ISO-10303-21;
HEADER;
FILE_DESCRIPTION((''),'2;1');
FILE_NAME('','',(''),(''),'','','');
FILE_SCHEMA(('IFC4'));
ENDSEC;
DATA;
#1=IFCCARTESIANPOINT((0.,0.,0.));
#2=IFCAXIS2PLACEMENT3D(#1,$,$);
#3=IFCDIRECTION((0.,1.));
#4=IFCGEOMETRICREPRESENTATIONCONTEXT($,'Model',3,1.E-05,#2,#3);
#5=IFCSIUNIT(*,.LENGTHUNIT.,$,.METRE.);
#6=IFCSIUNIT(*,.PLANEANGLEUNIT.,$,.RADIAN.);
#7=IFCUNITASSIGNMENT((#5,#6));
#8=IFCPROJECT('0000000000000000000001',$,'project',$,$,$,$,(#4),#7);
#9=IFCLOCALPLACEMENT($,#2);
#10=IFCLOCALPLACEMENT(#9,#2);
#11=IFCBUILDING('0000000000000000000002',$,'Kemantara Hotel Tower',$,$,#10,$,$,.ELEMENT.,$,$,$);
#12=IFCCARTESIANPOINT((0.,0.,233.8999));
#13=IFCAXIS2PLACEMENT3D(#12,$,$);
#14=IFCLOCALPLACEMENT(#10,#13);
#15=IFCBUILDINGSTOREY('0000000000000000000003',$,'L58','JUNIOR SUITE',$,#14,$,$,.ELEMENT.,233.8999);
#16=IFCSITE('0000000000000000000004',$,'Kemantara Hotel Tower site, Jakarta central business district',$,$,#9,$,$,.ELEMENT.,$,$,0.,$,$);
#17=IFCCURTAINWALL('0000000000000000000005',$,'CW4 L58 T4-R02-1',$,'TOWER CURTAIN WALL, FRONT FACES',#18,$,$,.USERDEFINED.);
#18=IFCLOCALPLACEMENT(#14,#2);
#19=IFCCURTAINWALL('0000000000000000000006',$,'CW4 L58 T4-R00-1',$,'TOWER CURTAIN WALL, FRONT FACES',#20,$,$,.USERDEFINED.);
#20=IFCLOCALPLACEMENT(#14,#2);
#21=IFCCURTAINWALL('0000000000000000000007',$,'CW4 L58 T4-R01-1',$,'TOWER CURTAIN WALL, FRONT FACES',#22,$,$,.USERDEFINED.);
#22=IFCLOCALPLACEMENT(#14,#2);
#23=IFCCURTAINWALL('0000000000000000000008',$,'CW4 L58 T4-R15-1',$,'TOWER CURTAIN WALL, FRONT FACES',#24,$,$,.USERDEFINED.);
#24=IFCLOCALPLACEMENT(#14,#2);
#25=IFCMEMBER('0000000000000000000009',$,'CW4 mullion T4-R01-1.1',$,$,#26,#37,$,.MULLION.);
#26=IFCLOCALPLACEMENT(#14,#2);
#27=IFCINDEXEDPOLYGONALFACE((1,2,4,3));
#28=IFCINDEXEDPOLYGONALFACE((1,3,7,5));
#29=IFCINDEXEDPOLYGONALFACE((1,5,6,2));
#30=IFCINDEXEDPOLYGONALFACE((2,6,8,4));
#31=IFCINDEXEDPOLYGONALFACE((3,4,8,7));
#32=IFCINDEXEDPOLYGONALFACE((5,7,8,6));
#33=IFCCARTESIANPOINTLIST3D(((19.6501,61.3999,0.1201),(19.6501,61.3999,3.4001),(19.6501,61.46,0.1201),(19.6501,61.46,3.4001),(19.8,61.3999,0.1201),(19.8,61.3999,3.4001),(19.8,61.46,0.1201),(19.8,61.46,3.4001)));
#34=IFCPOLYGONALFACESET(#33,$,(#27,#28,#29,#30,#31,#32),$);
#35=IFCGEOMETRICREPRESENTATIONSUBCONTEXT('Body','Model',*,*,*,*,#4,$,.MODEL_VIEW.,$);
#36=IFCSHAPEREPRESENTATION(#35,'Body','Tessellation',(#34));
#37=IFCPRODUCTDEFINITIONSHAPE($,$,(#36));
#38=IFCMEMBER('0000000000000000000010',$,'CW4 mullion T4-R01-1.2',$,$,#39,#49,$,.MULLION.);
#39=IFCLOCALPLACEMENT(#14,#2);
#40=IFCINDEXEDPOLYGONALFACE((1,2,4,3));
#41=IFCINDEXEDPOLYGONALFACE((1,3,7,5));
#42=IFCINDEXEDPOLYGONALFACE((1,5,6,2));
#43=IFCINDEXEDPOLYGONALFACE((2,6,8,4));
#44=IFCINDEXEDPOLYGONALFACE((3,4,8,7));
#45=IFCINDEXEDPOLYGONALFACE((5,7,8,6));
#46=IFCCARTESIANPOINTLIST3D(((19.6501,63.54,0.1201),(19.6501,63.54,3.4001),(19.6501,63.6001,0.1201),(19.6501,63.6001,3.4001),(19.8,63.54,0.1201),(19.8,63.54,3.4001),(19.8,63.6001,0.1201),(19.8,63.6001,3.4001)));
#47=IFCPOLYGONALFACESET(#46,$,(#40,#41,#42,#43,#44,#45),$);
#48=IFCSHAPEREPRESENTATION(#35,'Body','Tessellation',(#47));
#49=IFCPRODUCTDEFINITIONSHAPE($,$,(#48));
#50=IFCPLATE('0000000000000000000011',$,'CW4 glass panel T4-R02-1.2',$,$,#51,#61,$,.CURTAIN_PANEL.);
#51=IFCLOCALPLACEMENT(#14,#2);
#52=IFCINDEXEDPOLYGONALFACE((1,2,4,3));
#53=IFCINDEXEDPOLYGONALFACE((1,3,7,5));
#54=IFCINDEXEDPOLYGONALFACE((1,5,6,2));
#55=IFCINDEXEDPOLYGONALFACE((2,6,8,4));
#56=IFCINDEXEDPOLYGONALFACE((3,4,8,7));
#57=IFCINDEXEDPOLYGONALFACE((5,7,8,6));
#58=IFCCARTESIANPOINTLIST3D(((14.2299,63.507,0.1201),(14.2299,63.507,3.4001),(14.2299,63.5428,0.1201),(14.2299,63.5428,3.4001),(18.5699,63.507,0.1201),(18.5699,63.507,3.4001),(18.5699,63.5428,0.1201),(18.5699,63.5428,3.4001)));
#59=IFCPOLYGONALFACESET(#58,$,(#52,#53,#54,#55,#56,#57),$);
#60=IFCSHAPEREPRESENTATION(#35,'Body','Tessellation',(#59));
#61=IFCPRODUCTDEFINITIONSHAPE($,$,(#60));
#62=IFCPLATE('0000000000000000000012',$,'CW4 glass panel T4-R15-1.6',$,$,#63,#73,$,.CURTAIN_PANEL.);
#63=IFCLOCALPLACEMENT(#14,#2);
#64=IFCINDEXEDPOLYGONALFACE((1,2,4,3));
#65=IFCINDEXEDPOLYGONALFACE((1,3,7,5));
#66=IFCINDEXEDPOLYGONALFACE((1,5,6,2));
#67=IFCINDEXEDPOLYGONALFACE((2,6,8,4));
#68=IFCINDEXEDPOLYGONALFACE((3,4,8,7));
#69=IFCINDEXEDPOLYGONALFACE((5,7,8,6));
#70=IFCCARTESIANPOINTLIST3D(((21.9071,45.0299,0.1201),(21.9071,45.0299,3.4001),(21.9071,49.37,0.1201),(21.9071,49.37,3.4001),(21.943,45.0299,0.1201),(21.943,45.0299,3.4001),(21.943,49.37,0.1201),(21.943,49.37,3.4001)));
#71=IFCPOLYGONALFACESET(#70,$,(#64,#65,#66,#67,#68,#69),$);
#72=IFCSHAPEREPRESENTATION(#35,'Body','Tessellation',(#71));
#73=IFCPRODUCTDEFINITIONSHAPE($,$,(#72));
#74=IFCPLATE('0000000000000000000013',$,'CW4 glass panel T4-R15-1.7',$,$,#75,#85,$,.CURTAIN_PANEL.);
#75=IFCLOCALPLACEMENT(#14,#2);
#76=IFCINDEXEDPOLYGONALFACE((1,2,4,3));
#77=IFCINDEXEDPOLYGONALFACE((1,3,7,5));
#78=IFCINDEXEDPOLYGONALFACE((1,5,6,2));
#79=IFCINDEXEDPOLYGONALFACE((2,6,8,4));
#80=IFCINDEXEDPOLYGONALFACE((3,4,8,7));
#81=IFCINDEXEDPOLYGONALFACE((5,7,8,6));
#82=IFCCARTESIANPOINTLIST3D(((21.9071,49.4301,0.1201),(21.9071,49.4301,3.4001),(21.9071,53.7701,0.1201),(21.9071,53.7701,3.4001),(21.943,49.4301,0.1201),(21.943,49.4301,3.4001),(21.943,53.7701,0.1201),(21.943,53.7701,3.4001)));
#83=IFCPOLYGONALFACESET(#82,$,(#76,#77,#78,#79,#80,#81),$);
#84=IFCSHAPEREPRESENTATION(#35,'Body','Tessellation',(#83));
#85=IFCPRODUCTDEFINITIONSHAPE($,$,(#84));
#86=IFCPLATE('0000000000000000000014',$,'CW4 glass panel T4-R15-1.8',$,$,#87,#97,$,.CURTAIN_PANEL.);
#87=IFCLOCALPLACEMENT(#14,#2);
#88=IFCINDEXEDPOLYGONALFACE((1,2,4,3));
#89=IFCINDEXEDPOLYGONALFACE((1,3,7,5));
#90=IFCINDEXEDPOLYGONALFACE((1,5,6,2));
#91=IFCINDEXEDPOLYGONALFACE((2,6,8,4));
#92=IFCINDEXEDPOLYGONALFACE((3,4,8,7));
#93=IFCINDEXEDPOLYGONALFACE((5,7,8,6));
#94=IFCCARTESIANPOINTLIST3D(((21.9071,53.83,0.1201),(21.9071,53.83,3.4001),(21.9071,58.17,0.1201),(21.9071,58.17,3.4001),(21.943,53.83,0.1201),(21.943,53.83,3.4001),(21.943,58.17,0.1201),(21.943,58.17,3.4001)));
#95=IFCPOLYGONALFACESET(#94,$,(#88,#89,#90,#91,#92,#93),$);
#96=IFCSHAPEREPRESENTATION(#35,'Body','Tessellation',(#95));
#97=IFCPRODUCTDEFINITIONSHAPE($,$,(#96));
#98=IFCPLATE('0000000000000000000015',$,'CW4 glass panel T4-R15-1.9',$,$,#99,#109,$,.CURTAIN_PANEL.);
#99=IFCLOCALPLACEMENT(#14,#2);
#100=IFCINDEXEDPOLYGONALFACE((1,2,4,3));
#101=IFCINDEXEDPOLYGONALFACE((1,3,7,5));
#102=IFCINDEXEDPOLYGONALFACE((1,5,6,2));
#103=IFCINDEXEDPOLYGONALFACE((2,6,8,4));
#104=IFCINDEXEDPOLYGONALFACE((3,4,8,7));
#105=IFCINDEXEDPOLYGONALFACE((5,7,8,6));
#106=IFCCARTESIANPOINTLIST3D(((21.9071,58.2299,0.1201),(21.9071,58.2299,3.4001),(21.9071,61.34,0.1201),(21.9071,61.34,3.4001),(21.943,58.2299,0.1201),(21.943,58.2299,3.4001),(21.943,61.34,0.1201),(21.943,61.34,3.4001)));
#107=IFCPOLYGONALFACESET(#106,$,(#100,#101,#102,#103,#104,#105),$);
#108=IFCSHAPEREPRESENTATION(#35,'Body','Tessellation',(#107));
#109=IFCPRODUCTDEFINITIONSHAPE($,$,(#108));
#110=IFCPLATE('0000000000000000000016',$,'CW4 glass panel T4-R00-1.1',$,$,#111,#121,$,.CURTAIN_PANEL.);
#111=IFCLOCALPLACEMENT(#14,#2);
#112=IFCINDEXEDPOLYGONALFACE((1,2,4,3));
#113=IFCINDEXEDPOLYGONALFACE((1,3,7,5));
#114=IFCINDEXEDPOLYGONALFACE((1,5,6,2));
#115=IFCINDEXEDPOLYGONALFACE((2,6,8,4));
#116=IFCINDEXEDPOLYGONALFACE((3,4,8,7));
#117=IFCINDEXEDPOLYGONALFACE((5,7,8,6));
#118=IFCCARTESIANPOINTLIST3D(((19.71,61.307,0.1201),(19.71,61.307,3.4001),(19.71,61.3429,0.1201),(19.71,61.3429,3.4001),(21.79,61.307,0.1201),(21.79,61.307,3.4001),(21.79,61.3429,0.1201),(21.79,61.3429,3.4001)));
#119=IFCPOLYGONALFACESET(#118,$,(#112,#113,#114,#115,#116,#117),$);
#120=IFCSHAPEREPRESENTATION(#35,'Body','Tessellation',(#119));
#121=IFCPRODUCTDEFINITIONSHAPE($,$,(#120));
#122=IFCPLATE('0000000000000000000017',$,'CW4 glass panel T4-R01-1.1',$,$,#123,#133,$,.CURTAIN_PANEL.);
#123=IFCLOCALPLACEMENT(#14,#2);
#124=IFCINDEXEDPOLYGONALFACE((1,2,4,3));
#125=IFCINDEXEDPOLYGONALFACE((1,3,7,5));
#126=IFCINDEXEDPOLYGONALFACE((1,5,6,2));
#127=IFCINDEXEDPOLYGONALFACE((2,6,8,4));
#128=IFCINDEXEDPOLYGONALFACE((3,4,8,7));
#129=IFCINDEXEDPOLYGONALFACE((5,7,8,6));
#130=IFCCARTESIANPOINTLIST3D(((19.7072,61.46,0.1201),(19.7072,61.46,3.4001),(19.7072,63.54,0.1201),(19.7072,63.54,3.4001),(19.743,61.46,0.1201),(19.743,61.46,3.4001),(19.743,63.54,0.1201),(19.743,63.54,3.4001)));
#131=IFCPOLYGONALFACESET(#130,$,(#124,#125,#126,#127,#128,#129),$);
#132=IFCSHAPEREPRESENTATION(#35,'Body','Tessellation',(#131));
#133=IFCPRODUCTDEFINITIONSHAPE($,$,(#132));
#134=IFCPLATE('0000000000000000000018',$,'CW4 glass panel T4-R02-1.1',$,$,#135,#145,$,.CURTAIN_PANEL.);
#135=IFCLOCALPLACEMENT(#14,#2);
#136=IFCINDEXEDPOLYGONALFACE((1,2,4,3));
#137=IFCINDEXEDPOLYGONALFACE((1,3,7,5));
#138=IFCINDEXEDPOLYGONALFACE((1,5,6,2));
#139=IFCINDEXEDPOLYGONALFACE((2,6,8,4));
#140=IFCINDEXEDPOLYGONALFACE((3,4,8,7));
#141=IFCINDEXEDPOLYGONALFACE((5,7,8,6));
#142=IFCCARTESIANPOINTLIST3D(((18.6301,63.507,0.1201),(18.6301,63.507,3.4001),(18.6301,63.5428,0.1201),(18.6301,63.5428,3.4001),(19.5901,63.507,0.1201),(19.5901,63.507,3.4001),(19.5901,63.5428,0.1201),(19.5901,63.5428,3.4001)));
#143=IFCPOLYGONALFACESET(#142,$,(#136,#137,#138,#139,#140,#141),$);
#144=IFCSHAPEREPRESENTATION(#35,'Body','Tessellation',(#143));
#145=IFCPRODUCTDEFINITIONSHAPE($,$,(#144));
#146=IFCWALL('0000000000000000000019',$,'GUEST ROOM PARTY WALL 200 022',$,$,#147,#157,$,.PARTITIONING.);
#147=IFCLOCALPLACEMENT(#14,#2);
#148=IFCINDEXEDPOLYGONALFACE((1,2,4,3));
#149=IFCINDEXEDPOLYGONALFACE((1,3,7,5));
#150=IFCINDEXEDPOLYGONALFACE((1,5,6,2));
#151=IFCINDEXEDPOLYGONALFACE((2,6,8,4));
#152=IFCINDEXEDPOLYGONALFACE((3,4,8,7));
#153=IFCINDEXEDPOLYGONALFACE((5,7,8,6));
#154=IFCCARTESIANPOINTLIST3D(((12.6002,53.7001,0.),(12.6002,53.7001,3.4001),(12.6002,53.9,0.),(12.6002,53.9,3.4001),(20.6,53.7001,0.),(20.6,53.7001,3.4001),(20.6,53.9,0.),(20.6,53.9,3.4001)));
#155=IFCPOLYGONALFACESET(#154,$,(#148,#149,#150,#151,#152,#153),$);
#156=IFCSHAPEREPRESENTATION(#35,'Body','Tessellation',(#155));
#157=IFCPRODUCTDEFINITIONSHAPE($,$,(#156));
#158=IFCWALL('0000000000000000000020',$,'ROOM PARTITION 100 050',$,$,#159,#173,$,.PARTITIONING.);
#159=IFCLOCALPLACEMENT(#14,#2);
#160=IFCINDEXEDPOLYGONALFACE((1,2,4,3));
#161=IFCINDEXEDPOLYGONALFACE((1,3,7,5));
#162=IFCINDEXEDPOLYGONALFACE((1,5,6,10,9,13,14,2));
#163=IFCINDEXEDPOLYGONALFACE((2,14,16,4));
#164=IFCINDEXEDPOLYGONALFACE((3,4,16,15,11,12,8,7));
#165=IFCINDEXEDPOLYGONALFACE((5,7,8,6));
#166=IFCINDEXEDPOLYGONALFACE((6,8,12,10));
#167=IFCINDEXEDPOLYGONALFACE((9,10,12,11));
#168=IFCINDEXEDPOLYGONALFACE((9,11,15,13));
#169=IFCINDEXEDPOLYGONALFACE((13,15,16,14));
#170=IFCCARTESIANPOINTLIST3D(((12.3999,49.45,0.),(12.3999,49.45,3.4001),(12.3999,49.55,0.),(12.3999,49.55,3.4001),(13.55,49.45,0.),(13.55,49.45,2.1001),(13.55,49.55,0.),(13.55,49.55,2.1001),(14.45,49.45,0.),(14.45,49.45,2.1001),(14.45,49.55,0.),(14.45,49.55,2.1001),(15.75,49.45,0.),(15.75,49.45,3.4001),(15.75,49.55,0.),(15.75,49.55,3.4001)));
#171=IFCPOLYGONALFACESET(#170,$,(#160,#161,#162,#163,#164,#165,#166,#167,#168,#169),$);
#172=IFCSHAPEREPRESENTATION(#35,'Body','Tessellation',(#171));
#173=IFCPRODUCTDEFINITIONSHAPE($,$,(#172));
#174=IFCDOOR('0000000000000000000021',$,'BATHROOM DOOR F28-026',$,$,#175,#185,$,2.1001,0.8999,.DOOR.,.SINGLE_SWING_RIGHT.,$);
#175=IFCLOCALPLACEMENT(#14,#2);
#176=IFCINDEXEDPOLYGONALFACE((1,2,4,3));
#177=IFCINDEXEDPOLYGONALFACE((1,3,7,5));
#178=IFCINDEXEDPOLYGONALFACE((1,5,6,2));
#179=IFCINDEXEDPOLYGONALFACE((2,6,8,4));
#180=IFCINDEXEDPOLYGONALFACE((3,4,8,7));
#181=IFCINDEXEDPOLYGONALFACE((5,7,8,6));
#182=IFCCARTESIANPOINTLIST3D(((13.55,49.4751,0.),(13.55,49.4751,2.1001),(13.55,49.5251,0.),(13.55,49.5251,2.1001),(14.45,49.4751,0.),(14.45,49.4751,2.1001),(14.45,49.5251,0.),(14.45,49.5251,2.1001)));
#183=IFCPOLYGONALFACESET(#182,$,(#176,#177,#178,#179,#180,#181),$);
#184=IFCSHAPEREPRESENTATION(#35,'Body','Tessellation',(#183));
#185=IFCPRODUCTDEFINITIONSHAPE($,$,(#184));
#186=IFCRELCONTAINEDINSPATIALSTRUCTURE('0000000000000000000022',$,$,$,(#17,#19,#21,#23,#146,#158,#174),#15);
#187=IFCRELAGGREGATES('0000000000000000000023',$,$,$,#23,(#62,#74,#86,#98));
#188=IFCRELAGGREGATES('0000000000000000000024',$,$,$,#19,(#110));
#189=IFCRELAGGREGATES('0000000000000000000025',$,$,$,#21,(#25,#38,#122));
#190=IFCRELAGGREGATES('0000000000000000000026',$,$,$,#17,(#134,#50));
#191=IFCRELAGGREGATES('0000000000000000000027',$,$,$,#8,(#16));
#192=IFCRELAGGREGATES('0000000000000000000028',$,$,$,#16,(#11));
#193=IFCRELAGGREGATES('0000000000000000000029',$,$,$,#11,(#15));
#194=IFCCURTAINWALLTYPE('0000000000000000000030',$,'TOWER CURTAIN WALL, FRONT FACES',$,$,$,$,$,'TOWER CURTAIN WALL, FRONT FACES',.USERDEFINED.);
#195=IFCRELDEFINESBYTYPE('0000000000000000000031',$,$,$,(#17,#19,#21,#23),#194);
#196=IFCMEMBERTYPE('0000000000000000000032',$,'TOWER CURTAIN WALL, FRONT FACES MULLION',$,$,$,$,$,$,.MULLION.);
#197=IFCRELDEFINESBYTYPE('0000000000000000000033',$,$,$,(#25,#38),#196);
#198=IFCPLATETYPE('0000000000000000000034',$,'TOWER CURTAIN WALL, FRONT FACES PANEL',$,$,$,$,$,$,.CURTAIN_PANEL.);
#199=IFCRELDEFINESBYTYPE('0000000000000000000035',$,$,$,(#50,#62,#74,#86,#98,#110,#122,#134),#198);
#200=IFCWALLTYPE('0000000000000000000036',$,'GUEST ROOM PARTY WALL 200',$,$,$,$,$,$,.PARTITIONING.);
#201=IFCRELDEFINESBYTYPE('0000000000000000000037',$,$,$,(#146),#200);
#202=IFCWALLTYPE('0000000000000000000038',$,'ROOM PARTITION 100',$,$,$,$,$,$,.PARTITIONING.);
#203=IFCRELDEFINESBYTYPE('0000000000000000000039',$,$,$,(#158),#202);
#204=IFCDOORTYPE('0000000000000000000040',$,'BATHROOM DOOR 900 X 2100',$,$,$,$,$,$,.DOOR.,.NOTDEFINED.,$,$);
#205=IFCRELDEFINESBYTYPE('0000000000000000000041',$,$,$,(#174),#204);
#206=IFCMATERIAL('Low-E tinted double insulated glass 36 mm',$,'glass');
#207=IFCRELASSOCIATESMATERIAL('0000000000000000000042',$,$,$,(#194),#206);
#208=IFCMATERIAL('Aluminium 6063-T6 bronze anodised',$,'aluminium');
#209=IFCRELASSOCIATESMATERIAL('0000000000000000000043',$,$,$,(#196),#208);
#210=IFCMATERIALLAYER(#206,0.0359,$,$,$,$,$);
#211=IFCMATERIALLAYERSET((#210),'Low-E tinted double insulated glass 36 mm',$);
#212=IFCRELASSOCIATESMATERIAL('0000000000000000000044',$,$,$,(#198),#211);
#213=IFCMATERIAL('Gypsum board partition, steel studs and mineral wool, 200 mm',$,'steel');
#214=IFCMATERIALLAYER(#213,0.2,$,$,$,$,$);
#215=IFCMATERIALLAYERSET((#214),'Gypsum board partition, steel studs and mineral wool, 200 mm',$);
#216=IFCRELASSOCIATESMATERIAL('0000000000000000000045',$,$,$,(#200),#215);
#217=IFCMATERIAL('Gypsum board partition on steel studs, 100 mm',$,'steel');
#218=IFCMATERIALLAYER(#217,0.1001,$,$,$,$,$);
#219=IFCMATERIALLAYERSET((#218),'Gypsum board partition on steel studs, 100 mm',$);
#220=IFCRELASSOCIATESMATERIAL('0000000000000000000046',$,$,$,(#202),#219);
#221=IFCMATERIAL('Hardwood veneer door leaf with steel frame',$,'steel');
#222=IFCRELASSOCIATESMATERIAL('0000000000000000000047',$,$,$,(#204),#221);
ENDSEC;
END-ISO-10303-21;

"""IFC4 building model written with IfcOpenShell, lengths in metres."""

from ifc_helpers import new_model, si_unit, direction, frame, frame_2d, origin, origin_2d, place, context, subcontext, project, spatial, rectangle, extrude, source, transform, mapped, material, layer, layer_set, material_profile, profile_set, type_object, element, fill, aggregate, save


model = new_model("IFC4")

# Units and contexts
model_context = context("Model", 3, precision=1e-05, world=origin(), true_north=direction((0.0, 1.0)))
body_context = subcontext(model_context, "Body", "Model", "MODEL_VIEW")
ifc_project = project(units=[si_unit("LENGTHUNIT", "METRE"), si_unit("PLANEANGLEUNIT", "RADIAN")], contexts=[model_context])

# Site, building, storey
site_placement = place(None, origin())
site = spatial("IfcSite", under=ifc_project, at=site_placement, Name="Kemantara Hotel Tower site, Jakarta central business district", CompositionType="ELEMENT", RefElevation=0.0)
building_placement = place(site_placement, origin())
building = spatial("IfcBuilding", under=site, at=building_placement, Name="Kemantara Hotel Tower", CompositionType="ELEMENT")
storey_placement = place(building_placement, frame((0.0, 0.0, 233.8999)))
storey = spatial("IfcBuildingStorey", under=building, at=storey_placement, Name="L58", Description="JUNIOR SUITE", CompositionType="ELEMENT", Elevation=233.8999)

# Curtain walls
ifc_material_1 = material(Name="Low-E tinted double insulated glass 36 mm", Category="glass")
curtain_wall_type = type_object("IfcCurtainWallType", Name="TOWER CURTAIN WALL, FRONT FACES", ElementType="TOWER CURTAIN WALL, FRONT FACES", PredefinedType="USERDEFINED", material=ifc_material_1)
curtain_wall_1_placement = place(storey_placement, origin())
curtain_wall_1 = element("IfcCurtainWall", 1, at=curtain_wall_1_placement, inside=storey, type_object=curtain_wall_type, Name="CW4 L58 T4-R02-1", ObjectType="TOWER CURTAIN WALL, FRONT FACES", PredefinedType="USERDEFINED")
ifc_material_2 = material(Name="Aluminium 6063-T6 bronze anodised", Category="aluminium")
curtain_wall_2_placement = place(storey_placement, origin())
curtain_wall_2 = element("IfcCurtainWall", 2, at=curtain_wall_2_placement, inside=storey, type_object=curtain_wall_type, Name="CW4 L58 T4-R00-1", ObjectType="TOWER CURTAIN WALL, FRONT FACES", PredefinedType="USERDEFINED")
curtain_wall_3_placement = place(storey_placement, origin())
curtain_wall_3 = element("IfcCurtainWall", 3, at=curtain_wall_3_placement, inside=storey, type_object=curtain_wall_type, Name="CW4 L58 T4-R01-1", ObjectType="TOWER CURTAIN WALL, FRONT FACES", PredefinedType="USERDEFINED")

# Shared definitions
ifc_material_profile_1 = material_profile(ifc_material_2, rectangle(XDim=0.1499, YDim=0.0601, at=origin_2d()), Name="TOWER CURTAIN WALL, FRONT FACES MULLION")
ifc_profile_set_1 = profile_set([ifc_material_profile_1], Name="Aluminium 6063-T6 bronze anodised")
member_type_1 = type_object("IfcMemberType", Name="TOWER CURTAIN WALL, FRONT FACES MULLION", PredefinedType="MULLION", material=ifc_profile_set_1)
shared_shape_1 = source(origin(), body_context, "Body", "SweptSolid", [
    extrude(rectangle(XDim=0.1499, YDim=0.0601, at=origin_2d()), origin(), (0.0, 0.0, 1.0), 3.28),
])

# Curtain wall
curtain_wall_4_placement = place(storey_placement, origin())
curtain_wall_4 = element("IfcCurtainWall", 4, at=curtain_wall_4_placement, inside=storey, type_object=curtain_wall_type, Name="CW4 L58 T4-R15-1", ObjectType="TOWER CURTAIN WALL, FRONT FACES", PredefinedType="USERDEFINED")

# Members
member_1_placement = place(storey_placement, frame((19.7251, 61.4299, 0.1201), z_axis=(0.0, 0.0, 1.0), x_axis=(-1.0, 0.0, 0.0)))
member_1 = element("IfcMember", 5, at=member_1_placement, type_object=member_type_1, Name="CW4 mullion T4-R01-1.1", PredefinedType="MULLION", context=body_context, shape_type="MappedRepresentation", body=[
    mapped(shared_shape_1, transform((0.0, 0.0, 0.0))),
])
member_2_placement = place(storey_placement, frame((19.7251, 63.5701, 0.1201), z_axis=(0.0, 0.0, 1.0), x_axis=(-1.0, 0.0, 0.0)))
member_2 = element("IfcMember", 6, at=member_2_placement, type_object=member_type_1, Name="CW4 mullion T4-R01-1.2", PredefinedType="MULLION", context=body_context, shape_type="MappedRepresentation", body=[
    mapped(shared_shape_1, transform((0.0, 0.0, 0.0))),
])

# Plates
ifc_layer_1 = layer(ifc_material_1, 0.0359)
ifc_layer_set_1 = layer_set([ifc_layer_1], Name="Low-E tinted double insulated glass 36 mm")
plate_type = type_object("IfcPlateType", Name="TOWER CURTAIN WALL, FRONT FACES PANEL", PredefinedType="CURTAIN_PANEL", material=ifc_layer_set_1)
shared_shape_2 = source(origin(), body_context, "Body", "SweptSolid", [
    extrude(rectangle(XDim=4.3401, YDim=0.0359, at=origin_2d()), origin(), (0.0, 0.0, 1.0), 3.28),
])
plate_1_placement = place(storey_placement, frame((16.3999, 63.5249, 0.1201), z_axis=(0.0, 0.0, 1.0), x_axis=(-1.0, 0.0, 0.0)))
plate_1 = element("IfcPlate", 7, at=plate_1_placement, type_object=plate_type, Name="CW4 glass panel T4-R02-1.2", PredefinedType="CURTAIN_PANEL", context=body_context, shape_type="MappedRepresentation", body=[
    mapped(shared_shape_2, transform((0.0, 0.0, 0.0))),
])
plate_2_placement = place(storey_placement, frame((21.925, 47.2, 0.1201), z_axis=(0.0, 0.0, 1.0), x_axis=(0.0, 1.0, 0.0)))
plate_2 = element("IfcPlate", 8, at=plate_2_placement, type_object=plate_type, Name="CW4 glass panel T4-R15-1.6", PredefinedType="CURTAIN_PANEL", context=body_context, shape_type="MappedRepresentation", body=[
    mapped(shared_shape_2, transform((0.0, 0.0, 0.0))),
])
plate_3_placement = place(storey_placement, frame((21.925, 51.6001, 0.1201), z_axis=(0.0, 0.0, 1.0), x_axis=(0.0, 1.0, 0.0)))
plate_3 = element("IfcPlate", 9, at=plate_3_placement, type_object=plate_type, Name="CW4 glass panel T4-R15-1.7", PredefinedType="CURTAIN_PANEL", context=body_context, shape_type="MappedRepresentation", body=[
    mapped(shared_shape_2, transform((0.0, 0.0, 0.0))),
])
plate_4_placement = place(storey_placement, frame((21.925, 56.0, 0.1201), z_axis=(0.0, 0.0, 1.0), x_axis=(0.0, 1.0, 0.0)))
plate_4 = element("IfcPlate", 10, at=plate_4_placement, type_object=plate_type, Name="CW4 glass panel T4-R15-1.8", PredefinedType="CURTAIN_PANEL", context=body_context, shape_type="MappedRepresentation", body=[
    mapped(shared_shape_2, transform((0.0, 0.0, 0.0))),
])
shared_shape_3 = source(origin(), body_context, "Body", "SweptSolid", [
    extrude(rectangle(XDim=3.1101, YDim=0.0359, at=origin_2d()), origin(), (0.0, 0.0, 1.0), 3.28),
])
plate_5_placement = place(storey_placement, frame((21.925, 59.7849, 0.1201), z_axis=(0.0, 0.0, 1.0), x_axis=(0.0, 1.0, 0.0)))
plate_5 = element("IfcPlate", 11, at=plate_5_placement, type_object=plate_type, Name="CW4 glass panel T4-R15-1.9", PredefinedType="CURTAIN_PANEL", context=body_context, shape_type="MappedRepresentation", body=[
    mapped(shared_shape_3, transform((0.0, 0.0, 0.0))),
])
aggregate(curtain_wall_4, [plate_2, plate_3, plate_4, plate_5])
shared_shape_4 = source(origin(), body_context, "Body", "SweptSolid", [
    extrude(rectangle(XDim=2.0801, YDim=0.0359, at=origin_2d()), origin(), (0.0, 0.0, 1.0), 3.28),
])
plate_6_placement = place(storey_placement, frame((20.75, 61.325, 0.1201), z_axis=(0.0, 0.0, 1.0), x_axis=(-1.0, 0.0, 0.0)))
plate_6 = element("IfcPlate", 12, at=plate_6_placement, type_object=plate_type, Name="CW4 glass panel T4-R00-1.1", PredefinedType="CURTAIN_PANEL", context=body_context, shape_type="MappedRepresentation", body=[
    mapped(shared_shape_4, transform((0.0, 0.0, 0.0))),
])
aggregate(curtain_wall_2, [plate_6])
plate_7_placement = place(storey_placement, frame((19.7251, 62.5, 0.1201), z_axis=(0.0, 0.0, 1.0), x_axis=(0.0, 1.0, 0.0)))
plate_7 = element("IfcPlate", 13, at=plate_7_placement, type_object=plate_type, Name="CW4 glass panel T4-R01-1.1", PredefinedType="CURTAIN_PANEL", context=body_context, shape_type="MappedRepresentation", body=[
    mapped(shared_shape_4, transform((0.0, 0.0, 0.0))),
])
aggregate(curtain_wall_3, [member_1, member_2, plate_7])
shared_shape_5 = source(origin(), body_context, "Body", "SweptSolid", [
    extrude(rectangle(XDim=0.96, YDim=0.0359, at=origin_2d()), origin(), (0.0, 0.0, 1.0), 3.28),
])
plate_8_placement = place(storey_placement, frame((19.1101, 63.5249, 0.1201), z_axis=(0.0, 0.0, 1.0), x_axis=(-1.0, 0.0, 0.0)))
plate_8 = element("IfcPlate", 14, at=plate_8_placement, type_object=plate_type, Name="CW4 glass panel T4-R02-1.1", PredefinedType="CURTAIN_PANEL", context=body_context, shape_type="MappedRepresentation", body=[
    mapped(shared_shape_5, transform((0.0, 0.0, 0.0))),
])
aggregate(curtain_wall_1, [plate_8, plate_1])

# Wall
ifc_material_3 = material(Name="Gypsum board partition, steel studs and mineral wool, 200 mm", Category="steel")
ifc_layer_2 = layer(ifc_material_3, 0.2)
ifc_layer_set_2 = layer_set([ifc_layer_2], Name="Gypsum board partition, steel studs and mineral wool, 200 mm")
wall_type_1 = type_object("IfcWallType", Name="GUEST ROOM PARTY WALL 200", PredefinedType="PARTITIONING", material=ifc_layer_set_2)
wall_1_placement = place(storey_placement, frame((12.6001, 53.8, 0.0), z_axis=(0.0, 0.0, 1.0), x_axis=(1.0, 0.0, 0.0)))
element("IfcWall", 15, at=wall_1_placement, inside=storey, type_object=wall_type_1, Name="GUEST ROOM PARTY WALL 200 022", PredefinedType="PARTITIONING", context=body_context, shape_type="SweptSolid", body=[
    extrude(rectangle(XDim=7.9998, YDim=0.2, at=frame_2d((4.0, 0.0))), origin(), (0.0, 0.0, 1.0), 3.4001),
])

# Wall, opening, door
ifc_material_4 = material(Name="Gypsum board partition on steel studs, 100 mm", Category="steel")
ifc_layer_3 = layer(ifc_material_4, 0.1001)
ifc_layer_set_3 = layer_set([ifc_layer_3], Name="Gypsum board partition on steel studs, 100 mm")
wall_type_2 = type_object("IfcWallType", Name="ROOM PARTITION 100", PredefinedType="PARTITIONING", material=ifc_layer_set_3)
wall_2_placement = place(storey_placement, frame((15.75, 49.5, 0.0), z_axis=(0.0, 0.0, 1.0), x_axis=(-1.0, 0.0, 0.0)))
wall_2 = element("IfcWall", 16, at=wall_2_placement, inside=storey, type_object=wall_type_2, Name="ROOM PARTITION 100 050", PredefinedType="PARTITIONING", context=body_context, shape_type="SweptSolid", body=[
    extrude(rectangle(XDim=3.3501, YDim=0.1001, at=frame_2d((1.675, 0.0))), origin(), (0.0, 0.0, 1.0), 3.4001),
])
opening_1_placement = place(wall_2_placement, frame((1.3, 0.0, 0.0)))
opening_1 = element("IfcOpeningElement", 17, at=opening_1_placement, cuts=wall_2, PredefinedType="OPENING", context=body_context, shape_type="SweptSolid", body=[
    extrude(rectangle(XDim=0.8999, YDim=2.1001, at=frame_2d((0.45, 1.05))), frame((0.0, 0.0601, 0.0), z_axis=(0.0, -1.0, 0.0), x_axis=(1.0, 0.0, 0.0)), (0.0, 0.0, 1.0), 0.1201),
])
ifc_material_5 = material(Name="Hardwood veneer door leaf with steel frame", Category="steel")
door_type = type_object("IfcDoorType", Name="BATHROOM DOOR 900 X 2100", OperationType="NOTDEFINED", PredefinedType="DOOR", material=ifc_material_5)
door_1_placement = place(opening_1_placement, origin())
door_1 = element("IfcDoor", 18, at=door_1_placement, inside=storey, type_object=door_type, Name="BATHROOM DOOR F28-026", OperationType="SINGLE_SWING_RIGHT", OverallHeight=2.1001, OverallWidth=0.8999, PredefinedType="DOOR", context=body_context, shape_type="SweptSolid", body=[
    extrude(rectangle(XDim=0.8999, YDim=2.1001, at=frame_2d((0.45, 1.05))), frame((0.0, 0.0249, 0.0), z_axis=(0.0, -1.0, 0.0), x_axis=(1.0, 0.0, 0.0)), (0.0, 0.0, 1.0), 0.05),
])
fill(opening_1, door_1)

save(model, "model.ifc")
